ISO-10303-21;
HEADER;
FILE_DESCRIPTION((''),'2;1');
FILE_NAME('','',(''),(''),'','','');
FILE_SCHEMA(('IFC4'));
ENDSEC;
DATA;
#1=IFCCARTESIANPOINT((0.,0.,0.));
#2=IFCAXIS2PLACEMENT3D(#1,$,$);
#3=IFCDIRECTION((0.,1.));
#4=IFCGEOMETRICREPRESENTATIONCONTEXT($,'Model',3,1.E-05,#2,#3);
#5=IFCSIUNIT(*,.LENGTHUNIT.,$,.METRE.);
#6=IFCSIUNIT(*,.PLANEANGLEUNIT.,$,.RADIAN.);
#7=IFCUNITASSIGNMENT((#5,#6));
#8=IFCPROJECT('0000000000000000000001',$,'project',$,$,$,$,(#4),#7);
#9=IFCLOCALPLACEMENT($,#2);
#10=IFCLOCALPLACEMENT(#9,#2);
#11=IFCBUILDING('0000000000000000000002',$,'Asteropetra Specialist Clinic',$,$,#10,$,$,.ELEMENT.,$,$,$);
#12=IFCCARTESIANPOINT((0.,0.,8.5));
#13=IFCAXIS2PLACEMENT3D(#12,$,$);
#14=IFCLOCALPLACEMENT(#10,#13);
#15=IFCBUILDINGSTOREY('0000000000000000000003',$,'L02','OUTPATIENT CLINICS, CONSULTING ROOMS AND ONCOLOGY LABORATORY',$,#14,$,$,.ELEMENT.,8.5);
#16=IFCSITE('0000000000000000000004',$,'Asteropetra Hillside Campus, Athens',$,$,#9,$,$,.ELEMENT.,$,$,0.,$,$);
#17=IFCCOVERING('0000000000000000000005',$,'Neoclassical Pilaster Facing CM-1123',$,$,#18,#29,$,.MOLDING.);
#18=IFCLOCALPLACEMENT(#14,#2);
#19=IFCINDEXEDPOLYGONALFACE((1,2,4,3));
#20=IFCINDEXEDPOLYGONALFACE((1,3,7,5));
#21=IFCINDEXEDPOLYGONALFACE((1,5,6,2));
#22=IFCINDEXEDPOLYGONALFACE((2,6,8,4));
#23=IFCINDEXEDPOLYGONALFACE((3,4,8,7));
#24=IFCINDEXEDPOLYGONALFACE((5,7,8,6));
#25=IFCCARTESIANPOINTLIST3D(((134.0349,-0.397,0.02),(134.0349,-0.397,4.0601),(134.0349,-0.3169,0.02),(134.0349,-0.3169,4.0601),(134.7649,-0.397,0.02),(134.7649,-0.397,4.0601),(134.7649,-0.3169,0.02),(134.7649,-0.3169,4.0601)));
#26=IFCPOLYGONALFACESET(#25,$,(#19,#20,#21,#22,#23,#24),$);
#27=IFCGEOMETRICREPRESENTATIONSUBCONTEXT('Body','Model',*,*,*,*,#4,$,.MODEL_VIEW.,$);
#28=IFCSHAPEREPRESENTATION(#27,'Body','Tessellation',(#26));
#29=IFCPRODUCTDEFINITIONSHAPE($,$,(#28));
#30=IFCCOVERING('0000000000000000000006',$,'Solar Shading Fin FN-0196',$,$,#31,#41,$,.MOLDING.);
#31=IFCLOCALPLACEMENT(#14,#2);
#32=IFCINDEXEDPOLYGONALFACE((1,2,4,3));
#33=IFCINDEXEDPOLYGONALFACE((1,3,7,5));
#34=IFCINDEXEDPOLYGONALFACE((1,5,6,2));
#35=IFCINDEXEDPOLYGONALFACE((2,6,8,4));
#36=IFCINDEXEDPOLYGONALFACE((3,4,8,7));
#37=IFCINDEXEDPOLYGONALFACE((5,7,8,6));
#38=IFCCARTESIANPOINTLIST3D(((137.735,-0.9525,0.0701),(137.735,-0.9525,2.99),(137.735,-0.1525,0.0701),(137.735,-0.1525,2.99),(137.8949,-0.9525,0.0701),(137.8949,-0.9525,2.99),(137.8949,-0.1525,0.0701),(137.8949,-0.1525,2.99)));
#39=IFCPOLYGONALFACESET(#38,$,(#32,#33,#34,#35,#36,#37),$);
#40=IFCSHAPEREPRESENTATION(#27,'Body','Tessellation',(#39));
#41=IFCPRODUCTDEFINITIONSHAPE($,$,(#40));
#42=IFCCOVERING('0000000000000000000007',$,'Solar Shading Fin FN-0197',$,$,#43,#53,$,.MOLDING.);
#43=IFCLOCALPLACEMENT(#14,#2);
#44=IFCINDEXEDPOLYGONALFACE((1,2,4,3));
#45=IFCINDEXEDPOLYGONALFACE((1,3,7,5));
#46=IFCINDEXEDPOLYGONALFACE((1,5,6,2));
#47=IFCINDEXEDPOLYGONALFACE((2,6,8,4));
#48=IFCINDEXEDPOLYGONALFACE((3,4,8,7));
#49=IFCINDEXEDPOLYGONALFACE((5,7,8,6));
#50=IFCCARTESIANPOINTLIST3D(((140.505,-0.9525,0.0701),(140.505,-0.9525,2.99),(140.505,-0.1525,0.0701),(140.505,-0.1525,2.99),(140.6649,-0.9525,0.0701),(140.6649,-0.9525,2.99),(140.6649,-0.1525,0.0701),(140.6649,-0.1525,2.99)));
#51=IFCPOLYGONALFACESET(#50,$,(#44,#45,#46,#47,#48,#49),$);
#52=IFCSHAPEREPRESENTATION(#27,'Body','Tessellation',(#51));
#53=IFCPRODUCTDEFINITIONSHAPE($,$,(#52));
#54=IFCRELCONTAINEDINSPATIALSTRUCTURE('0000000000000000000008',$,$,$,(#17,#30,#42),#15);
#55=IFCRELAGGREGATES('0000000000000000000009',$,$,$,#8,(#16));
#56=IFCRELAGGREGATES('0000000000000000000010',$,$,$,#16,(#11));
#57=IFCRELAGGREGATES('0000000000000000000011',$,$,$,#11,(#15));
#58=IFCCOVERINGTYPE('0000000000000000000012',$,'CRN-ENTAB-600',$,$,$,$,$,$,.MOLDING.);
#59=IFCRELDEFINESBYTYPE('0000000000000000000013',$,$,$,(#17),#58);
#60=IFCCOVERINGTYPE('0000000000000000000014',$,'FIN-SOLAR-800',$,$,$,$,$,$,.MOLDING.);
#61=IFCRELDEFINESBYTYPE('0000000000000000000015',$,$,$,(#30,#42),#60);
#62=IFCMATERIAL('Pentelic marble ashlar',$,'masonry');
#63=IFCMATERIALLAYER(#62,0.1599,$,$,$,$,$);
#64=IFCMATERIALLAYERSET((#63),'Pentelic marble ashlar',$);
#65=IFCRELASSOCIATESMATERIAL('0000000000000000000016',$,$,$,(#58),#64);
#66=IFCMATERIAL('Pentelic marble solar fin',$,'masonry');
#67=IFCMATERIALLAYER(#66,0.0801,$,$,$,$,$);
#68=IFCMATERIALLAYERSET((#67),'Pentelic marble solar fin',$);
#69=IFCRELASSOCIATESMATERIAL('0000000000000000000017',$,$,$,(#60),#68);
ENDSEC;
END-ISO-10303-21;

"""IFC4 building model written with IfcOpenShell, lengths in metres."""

from ifc_helpers import new_model, si_unit, direction, frame, origin, origin_2d, place, context, subcontext, project, spatial, rectangle, extrude, material, layer, layer_set, type_object, element, save


model = new_model("IFC4")

# Units and contexts
model_context = context("Model", 3, precision=1e-05, world=origin(), true_north=direction((0.0, 1.0)))
body_context = subcontext(model_context, "Body", "Model", "MODEL_VIEW")
ifc_project = project(units=[si_unit("LENGTHUNIT", "METRE"), si_unit("PLANEANGLEUNIT", "RADIAN")], contexts=[model_context])

# Site, building, storey
site_placement = place(None, origin())
site = spatial("IfcSite", under=ifc_project, at=site_placement, Name="Asteropetra Hillside Campus, Athens", CompositionType="ELEMENT", RefElevation=0.0)
building_placement = place(site_placement, origin())
building = spatial("IfcBuilding", under=site, at=building_placement, Name="Asteropetra Specialist Clinic", CompositionType="ELEMENT")
storey_placement = place(building_placement, frame((0.0, 0.0, 8.5)))
storey = spatial("IfcBuildingStorey", under=building, at=storey_placement, Name="L02", Description="OUTPATIENT CLINICS, CONSULTING ROOMS AND ONCOLOGY LABORATORY", CompositionType="ELEMENT", Elevation=8.5)

# Coverings
ifc_material_1 = material(Name="Pentelic marble ashlar", Category="masonry")
ifc_layer_1 = layer(ifc_material_1, 0.1599)
ifc_layer_set_1 = layer_set([ifc_layer_1], Name="Pentelic marble ashlar")
covering_type_1 = type_object("IfcCoveringType", Name="CRN-ENTAB-600", PredefinedType="MOLDING", material=ifc_layer_set_1)
covering_placement = place(storey_placement, frame((134.3999, -0.3569, 0.02), z_axis=(0.0, 0.0, 1.0), x_axis=(1.0, 0.0, 0.0)))
element("IfcCovering", 1, at=covering_placement, inside=storey, type_object=covering_type_1, Name="Neoclassical Pilaster Facing CM-1123", PredefinedType="MOLDING", context=body_context, shape_type="SweptSolid", body=[
    extrude(rectangle(XDim=0.73, YDim=0.0801, at=origin_2d()), origin(), (0.0, 0.0, 1.0), 4.04),
])
ifc_material_2 = material(Name="Pentelic marble solar fin", Category="masonry")
ifc_layer_2 = layer(ifc_material_2, 0.0801)
ifc_layer_set_2 = layer_set([ifc_layer_2], Name="Pentelic marble solar fin")
covering_type_2 = type_object("IfcCoveringType", Name="FIN-SOLAR-800", PredefinedType="MOLDING", material=ifc_layer_set_2)
for number, where, z_axis, x_axis, name in (
    (2, (137.8149, -0.5525, 0.0701), (0.0, 0.0, 1.0), (1.0, 0.0, 0.0), "Solar Shading Fin FN-0196"),
    (3, (140.585, -0.5525, 0.0701), (0.0, 0.0, 1.0), (1.0, 0.0, 0.0), "Solar Shading Fin FN-0197"),
):
    element("IfcCovering", number, at=place(storey_placement, frame(where, z_axis=z_axis, x_axis=x_axis)), inside=storey, type_object=covering_type_2, Name=name, PredefinedType="MOLDING", context=body_context, shape_type="SweptSolid", body=[
        extrude(rectangle(XDim=0.1599, YDim=0.8, at=origin_2d()), origin(), (0.0, 0.0, 1.0), 2.9199),
    ])

save(model, "model.ifc")
